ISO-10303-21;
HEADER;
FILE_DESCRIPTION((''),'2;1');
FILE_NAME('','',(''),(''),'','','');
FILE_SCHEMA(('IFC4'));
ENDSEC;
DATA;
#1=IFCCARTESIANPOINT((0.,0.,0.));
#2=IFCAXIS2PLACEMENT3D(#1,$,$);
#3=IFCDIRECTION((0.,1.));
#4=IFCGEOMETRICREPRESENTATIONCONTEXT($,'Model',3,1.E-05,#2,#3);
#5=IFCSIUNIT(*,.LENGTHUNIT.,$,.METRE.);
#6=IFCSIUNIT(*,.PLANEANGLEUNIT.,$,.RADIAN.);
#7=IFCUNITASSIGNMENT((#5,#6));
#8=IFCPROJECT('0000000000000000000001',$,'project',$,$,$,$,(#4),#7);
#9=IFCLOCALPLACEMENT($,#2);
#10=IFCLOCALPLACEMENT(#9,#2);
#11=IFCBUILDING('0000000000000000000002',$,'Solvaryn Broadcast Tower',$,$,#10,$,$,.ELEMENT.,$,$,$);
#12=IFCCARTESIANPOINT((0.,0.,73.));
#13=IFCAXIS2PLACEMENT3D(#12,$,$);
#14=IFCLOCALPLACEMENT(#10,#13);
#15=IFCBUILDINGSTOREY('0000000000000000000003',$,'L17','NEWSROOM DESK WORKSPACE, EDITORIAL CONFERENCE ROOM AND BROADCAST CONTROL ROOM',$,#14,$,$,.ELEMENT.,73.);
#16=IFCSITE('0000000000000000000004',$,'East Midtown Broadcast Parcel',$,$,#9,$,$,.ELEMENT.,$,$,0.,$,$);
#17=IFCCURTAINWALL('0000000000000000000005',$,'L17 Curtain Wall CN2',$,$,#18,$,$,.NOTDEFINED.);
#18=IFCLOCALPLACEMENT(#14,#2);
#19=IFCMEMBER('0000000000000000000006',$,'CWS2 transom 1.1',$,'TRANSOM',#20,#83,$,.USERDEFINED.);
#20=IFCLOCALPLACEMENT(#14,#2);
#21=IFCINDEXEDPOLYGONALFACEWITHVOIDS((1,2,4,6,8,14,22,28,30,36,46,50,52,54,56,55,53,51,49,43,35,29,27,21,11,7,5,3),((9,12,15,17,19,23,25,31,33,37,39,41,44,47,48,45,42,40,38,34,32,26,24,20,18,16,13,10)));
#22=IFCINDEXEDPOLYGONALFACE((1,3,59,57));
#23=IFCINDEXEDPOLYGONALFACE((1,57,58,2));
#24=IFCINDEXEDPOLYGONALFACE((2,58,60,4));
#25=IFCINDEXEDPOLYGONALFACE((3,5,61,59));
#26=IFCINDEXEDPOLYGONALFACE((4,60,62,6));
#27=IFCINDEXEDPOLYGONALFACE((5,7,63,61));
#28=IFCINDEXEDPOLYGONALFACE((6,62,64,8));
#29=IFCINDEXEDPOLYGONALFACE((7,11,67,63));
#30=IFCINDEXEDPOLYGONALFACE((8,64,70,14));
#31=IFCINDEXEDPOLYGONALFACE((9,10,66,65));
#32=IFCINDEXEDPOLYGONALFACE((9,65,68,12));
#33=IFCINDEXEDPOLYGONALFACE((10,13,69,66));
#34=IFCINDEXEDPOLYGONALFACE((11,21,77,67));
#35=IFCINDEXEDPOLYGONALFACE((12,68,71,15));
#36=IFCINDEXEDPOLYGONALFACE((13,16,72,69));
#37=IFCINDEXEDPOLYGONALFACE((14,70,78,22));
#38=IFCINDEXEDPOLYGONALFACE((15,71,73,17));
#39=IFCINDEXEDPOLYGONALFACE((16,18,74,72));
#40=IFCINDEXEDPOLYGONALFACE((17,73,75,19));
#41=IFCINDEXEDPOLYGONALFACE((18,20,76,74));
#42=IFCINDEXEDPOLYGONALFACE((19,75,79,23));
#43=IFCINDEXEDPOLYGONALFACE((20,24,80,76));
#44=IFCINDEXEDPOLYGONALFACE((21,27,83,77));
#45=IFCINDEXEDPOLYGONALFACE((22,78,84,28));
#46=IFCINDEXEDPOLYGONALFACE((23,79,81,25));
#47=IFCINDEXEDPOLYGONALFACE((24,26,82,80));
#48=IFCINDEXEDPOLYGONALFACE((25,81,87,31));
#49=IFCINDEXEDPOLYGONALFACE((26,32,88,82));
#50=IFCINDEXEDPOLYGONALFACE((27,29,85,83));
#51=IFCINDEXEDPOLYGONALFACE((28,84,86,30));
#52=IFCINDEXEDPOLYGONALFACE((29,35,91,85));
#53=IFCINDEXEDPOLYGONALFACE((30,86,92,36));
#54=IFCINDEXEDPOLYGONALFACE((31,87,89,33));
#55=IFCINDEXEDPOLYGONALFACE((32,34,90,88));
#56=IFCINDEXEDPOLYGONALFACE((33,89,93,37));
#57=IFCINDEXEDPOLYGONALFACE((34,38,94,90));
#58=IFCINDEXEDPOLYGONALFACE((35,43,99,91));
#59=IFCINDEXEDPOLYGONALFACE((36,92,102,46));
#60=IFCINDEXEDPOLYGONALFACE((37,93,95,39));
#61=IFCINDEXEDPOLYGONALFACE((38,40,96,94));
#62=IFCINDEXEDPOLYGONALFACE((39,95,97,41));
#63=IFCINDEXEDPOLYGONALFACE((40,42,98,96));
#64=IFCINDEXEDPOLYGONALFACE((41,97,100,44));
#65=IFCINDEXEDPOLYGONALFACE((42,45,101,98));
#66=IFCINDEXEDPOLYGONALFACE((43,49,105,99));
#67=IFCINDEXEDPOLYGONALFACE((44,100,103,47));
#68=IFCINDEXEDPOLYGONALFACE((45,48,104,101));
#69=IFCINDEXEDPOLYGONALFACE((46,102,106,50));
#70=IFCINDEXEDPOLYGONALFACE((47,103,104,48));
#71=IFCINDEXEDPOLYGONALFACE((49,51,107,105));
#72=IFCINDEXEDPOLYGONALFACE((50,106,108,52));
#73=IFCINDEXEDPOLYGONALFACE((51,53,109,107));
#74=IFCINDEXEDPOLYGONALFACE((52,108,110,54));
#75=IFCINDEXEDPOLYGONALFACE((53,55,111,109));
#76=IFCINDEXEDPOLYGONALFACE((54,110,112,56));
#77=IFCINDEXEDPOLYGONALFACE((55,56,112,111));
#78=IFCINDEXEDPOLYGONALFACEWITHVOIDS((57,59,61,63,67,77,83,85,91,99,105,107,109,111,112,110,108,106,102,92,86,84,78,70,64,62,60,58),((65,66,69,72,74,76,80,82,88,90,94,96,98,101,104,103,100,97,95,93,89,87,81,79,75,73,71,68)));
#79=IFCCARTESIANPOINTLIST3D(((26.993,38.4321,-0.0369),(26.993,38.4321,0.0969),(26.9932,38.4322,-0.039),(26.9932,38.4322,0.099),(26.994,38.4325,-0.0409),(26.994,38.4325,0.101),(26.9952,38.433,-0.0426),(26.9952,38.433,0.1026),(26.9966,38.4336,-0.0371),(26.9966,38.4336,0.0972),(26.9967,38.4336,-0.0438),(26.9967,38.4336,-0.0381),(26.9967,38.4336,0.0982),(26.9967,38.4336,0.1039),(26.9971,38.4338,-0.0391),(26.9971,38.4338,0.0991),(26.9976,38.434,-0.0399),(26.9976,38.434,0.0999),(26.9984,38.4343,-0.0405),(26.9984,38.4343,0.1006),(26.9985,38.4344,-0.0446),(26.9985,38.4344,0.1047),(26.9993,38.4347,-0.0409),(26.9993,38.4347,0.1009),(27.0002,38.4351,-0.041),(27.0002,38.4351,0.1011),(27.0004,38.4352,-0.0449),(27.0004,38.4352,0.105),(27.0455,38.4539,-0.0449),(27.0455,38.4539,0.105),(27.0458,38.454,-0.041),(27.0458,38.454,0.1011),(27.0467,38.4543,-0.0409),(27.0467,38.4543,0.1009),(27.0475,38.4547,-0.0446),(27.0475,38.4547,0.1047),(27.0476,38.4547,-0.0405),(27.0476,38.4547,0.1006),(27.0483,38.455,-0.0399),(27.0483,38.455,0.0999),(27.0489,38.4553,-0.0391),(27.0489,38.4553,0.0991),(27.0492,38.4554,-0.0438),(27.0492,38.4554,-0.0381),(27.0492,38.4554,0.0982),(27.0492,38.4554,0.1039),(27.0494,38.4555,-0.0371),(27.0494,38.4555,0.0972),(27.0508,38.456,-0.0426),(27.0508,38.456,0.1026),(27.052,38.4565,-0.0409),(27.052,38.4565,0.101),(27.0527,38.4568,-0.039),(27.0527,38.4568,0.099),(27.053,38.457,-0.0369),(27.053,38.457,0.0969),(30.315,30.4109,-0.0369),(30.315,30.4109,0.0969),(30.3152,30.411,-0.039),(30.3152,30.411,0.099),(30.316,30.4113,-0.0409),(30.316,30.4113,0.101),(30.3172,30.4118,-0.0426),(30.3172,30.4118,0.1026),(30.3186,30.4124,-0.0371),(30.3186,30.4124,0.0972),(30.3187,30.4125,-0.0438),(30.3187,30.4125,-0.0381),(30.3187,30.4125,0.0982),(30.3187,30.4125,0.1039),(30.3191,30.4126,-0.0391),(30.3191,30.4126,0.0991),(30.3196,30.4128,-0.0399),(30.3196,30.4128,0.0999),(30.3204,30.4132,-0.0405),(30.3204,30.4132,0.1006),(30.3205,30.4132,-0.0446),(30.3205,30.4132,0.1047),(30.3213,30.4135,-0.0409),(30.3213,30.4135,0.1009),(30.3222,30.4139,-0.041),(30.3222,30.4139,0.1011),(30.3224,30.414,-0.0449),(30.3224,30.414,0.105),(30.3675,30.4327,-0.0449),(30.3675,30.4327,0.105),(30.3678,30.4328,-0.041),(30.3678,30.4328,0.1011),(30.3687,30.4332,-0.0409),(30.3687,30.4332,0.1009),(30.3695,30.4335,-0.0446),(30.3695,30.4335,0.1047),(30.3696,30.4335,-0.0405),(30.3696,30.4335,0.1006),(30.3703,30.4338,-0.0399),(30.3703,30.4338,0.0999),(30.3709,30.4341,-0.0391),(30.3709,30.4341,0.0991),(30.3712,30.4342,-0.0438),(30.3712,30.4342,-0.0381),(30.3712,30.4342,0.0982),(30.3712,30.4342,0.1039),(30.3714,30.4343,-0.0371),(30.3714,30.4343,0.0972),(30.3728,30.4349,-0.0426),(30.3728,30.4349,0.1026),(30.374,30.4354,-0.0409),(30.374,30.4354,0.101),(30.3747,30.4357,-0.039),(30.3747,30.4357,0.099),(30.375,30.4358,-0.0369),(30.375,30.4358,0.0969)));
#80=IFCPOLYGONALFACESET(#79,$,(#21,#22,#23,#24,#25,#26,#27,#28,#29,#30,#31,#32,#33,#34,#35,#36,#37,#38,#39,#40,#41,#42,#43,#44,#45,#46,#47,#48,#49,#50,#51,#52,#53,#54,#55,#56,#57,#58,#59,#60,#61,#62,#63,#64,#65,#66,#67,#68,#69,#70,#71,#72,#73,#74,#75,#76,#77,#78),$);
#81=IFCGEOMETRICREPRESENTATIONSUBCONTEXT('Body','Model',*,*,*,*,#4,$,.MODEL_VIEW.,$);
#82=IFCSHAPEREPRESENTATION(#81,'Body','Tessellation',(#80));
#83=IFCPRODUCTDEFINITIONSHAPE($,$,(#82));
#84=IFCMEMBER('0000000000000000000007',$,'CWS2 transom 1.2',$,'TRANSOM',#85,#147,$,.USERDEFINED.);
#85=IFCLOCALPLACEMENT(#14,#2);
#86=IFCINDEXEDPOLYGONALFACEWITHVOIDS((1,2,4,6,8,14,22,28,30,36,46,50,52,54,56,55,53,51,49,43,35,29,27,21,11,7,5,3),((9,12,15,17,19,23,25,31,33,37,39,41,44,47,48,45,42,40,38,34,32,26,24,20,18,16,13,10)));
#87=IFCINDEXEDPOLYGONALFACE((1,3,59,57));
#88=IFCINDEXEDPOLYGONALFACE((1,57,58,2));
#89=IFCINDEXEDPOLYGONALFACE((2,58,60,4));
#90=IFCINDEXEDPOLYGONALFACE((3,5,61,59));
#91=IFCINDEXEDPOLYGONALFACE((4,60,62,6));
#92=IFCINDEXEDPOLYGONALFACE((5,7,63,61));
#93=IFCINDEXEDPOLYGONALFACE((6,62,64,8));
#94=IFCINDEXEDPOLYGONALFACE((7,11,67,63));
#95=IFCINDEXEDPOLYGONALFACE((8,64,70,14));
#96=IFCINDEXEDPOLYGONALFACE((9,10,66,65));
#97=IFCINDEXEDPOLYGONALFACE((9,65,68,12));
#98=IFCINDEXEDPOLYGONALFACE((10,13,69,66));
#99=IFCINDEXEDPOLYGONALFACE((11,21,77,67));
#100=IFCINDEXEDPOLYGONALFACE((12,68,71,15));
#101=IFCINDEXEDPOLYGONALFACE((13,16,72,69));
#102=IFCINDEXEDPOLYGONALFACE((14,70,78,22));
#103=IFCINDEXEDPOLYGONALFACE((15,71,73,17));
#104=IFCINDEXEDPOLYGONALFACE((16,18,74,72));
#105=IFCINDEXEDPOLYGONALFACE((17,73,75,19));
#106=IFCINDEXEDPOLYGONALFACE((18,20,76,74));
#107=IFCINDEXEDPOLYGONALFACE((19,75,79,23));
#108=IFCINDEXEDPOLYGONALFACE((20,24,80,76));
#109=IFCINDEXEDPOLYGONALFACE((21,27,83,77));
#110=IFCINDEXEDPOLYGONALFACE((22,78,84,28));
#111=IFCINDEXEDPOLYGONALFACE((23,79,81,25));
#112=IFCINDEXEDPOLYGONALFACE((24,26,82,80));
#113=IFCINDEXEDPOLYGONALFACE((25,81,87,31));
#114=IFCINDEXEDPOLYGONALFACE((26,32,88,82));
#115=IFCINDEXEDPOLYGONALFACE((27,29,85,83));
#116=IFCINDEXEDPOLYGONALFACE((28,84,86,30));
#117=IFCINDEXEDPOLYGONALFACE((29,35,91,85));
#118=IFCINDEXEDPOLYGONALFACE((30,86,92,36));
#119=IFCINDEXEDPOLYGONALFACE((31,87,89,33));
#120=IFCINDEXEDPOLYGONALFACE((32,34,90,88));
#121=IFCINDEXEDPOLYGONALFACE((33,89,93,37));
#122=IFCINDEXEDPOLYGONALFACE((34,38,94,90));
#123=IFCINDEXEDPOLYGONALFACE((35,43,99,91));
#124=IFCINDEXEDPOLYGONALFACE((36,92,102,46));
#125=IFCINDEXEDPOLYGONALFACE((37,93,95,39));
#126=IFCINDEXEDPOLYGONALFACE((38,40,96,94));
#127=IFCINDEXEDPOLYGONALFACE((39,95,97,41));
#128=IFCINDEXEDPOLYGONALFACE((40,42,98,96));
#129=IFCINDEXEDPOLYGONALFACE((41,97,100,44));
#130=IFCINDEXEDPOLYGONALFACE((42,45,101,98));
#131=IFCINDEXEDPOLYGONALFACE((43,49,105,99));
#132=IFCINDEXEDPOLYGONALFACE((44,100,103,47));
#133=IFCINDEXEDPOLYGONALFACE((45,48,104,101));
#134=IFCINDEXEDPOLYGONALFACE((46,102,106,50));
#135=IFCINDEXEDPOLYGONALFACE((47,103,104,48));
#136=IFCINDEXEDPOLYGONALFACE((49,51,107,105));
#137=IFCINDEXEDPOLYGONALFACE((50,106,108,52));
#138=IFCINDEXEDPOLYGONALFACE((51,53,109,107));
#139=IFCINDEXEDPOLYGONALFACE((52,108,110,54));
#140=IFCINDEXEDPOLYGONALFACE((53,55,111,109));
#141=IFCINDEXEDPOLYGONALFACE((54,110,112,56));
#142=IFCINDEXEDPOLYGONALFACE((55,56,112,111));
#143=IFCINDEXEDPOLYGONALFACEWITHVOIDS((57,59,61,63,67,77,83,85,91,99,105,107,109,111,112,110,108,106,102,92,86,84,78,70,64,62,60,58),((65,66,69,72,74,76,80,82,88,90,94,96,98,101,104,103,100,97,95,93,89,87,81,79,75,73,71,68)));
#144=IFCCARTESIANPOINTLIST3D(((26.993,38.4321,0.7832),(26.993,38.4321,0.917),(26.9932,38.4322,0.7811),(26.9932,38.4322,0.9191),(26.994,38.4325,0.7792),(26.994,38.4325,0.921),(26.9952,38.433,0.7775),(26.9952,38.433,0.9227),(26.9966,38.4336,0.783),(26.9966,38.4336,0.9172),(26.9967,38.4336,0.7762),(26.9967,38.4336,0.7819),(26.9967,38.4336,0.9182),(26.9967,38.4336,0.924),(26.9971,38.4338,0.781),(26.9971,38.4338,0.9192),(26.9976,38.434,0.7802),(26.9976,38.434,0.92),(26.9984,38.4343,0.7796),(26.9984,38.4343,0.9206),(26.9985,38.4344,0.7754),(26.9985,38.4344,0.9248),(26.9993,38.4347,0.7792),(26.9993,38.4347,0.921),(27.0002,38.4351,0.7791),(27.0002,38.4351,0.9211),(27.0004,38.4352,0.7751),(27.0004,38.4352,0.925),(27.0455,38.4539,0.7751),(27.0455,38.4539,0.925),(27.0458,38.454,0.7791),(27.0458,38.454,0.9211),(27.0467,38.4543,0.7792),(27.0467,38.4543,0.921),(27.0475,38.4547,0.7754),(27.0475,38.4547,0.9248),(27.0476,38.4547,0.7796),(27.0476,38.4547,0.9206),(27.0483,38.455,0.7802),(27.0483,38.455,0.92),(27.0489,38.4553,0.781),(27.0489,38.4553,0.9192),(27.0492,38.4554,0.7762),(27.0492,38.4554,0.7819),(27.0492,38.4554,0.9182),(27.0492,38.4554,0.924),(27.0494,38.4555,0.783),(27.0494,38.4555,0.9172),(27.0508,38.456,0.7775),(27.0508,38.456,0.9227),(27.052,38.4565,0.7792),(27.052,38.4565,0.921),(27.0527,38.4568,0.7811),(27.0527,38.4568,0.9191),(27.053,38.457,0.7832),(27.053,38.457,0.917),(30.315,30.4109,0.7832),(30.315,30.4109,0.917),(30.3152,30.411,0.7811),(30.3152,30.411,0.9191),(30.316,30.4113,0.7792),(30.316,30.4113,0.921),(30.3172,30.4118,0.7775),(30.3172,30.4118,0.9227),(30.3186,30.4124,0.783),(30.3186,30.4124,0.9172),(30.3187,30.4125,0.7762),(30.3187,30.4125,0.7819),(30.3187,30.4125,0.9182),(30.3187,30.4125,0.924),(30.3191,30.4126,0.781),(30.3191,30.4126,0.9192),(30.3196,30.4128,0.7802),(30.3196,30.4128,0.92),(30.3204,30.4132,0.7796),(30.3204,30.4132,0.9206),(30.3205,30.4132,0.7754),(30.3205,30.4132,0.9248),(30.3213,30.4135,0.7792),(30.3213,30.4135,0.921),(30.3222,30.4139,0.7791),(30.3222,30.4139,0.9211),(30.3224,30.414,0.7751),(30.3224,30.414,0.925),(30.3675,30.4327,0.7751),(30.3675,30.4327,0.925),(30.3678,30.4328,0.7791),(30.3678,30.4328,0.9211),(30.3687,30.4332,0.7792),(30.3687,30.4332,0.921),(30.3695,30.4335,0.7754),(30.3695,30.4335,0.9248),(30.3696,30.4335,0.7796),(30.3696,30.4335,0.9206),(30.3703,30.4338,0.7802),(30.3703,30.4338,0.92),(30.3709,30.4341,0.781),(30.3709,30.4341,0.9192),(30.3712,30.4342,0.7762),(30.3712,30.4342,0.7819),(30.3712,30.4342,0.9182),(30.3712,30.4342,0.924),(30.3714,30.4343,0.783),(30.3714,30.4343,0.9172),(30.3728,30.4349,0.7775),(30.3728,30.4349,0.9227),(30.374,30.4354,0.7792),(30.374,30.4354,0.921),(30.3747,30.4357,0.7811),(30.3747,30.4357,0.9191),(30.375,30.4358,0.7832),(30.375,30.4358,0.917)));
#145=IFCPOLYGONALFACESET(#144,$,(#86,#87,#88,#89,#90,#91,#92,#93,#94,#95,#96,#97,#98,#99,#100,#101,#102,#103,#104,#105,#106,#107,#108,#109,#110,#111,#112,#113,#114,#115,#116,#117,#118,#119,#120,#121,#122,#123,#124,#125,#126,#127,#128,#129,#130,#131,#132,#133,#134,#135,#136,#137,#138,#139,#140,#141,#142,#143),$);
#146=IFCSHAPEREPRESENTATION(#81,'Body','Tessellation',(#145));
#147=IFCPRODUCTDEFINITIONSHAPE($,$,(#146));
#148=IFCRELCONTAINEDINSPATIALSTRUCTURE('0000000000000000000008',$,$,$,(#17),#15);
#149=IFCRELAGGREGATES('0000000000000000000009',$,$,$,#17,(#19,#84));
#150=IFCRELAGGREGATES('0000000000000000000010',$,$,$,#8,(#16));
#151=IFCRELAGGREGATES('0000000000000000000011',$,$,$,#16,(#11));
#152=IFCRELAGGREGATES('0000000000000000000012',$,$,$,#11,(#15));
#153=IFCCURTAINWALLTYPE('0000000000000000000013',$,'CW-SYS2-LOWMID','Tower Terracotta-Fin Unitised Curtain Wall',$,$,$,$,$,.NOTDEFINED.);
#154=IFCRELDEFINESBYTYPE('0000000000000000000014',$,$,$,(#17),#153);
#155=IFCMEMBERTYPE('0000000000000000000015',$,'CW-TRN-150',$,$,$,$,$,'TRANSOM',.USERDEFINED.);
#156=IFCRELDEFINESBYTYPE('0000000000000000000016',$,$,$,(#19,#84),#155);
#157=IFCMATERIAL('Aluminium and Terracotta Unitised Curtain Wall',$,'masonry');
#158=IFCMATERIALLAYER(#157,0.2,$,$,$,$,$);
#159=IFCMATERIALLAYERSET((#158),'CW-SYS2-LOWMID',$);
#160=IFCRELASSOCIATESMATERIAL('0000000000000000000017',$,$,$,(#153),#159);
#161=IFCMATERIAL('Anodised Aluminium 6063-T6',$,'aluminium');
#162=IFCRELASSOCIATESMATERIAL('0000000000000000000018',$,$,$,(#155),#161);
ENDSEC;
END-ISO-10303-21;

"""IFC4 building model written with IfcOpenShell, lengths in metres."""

from ifc_helpers import new_model, si_unit, direction, frame, origin, origin_2d, place, context, subcontext, project, spatial, hollow_rectangle, extrude, material, layer, layer_set, material_profile, profile_set, type_object, element, aggregate, save


model = new_model("IFC4")

# Units and contexts
model_context = context("Model", 3, precision=1e-05, world=origin(), true_north=direction((0.0, 1.0)))
body_context = subcontext(model_context, "Body", "Model", "MODEL_VIEW")
ifc_project = project(units=[si_unit("LENGTHUNIT", "METRE"), si_unit("PLANEANGLEUNIT", "RADIAN")], contexts=[model_context])

# Site, building, storey
site_placement = place(None, origin())
site = spatial("IfcSite", under=ifc_project, at=site_placement, Name="East Midtown Broadcast Parcel", CompositionType="ELEMENT", RefElevation=0.0)
building_placement = place(site_placement, origin())
building = spatial("IfcBuilding", under=site, at=building_placement, Name="Solvaryn Broadcast Tower", CompositionType="ELEMENT")
storey_placement = place(building_placement, frame((0.0, 0.0, 73.0)))
storey = spatial("IfcBuildingStorey", under=building, at=storey_placement, Name="L17", Description="NEWSROOM DESK WORKSPACE, EDITORIAL CONFERENCE ROOM AND BROADCAST CONTROL ROOM", CompositionType="ELEMENT", Elevation=73.0)

# Shared definitions
ifc_material_1 = material(Name="Aluminium and Terracotta Unitised Curtain Wall", Category="masonry")
ifc_layer_1 = layer(ifc_material_1, 0.2)
ifc_layer_set_1 = layer_set([ifc_layer_1], Name="CW-SYS2-LOWMID")
curtain_wall_type = type_object("IfcCurtainWallType", Name="CW-SYS2-LOWMID", Description="Tower Terracotta-Fin Unitised Curtain Wall", PredefinedType="NOTDEFINED", material=ifc_layer_set_1)

# Curtain wall, members
curtain_wall_1_placement = place(storey_placement, origin())
curtain_wall_1 = element("IfcCurtainWall", 1, at=curtain_wall_1_placement, inside=storey, type_object=curtain_wall_type, Name="L17 Curtain Wall CN2", PredefinedType="NOTDEFINED")
ifc_material_2 = material(Name="Anodised Aluminium 6063-T6", Category="aluminium")
ifc_material_profile_1 = material_profile(ifc_material_2, hollow_rectangle(XDim=0.0649, YDim=0.1499, WallThickness=0.0039, InnerFilletRadius=0.0039, OuterFilletRadius=0.0081, at=origin_2d()))
ifc_profile_set_1 = profile_set([ifc_material_profile_1], Name="Anodised Aluminium 6063-T6")
member_type_1 = type_object("IfcMemberType", Name="CW-TRN-150", ElementType="TRANSOM", PredefinedType="USERDEFINED", material=ifc_profile_set_1)
member_1_placement = place(storey_placement, frame((30.345, 30.4233, 0.03), z_axis=(-0.382636, 0.923899, 0.0), x_axis=(-0.923899, -0.382636, 0.0)))
member_1 = element("IfcMember", 2, at=member_1_placement, type_object=member_type_1, Name="CWS2 transom 1.1", ObjectType="TRANSOM", PredefinedType="USERDEFINED", context=body_context, shape_type="SweptSolid", body=[
    extrude(hollow_rectangle(XDim=0.0649, YDim=0.1499, WallThickness=0.0039, InnerFilletRadius=0.0039, OuterFilletRadius=0.0081, at=origin_2d()), origin(), (0.0, 0.0, 1.0), 8.6819),
])
member_2_placement = place(storey_placement, frame((30.345, 30.4233, 0.8501), z_axis=(-0.382636, 0.923899, 0.0), x_axis=(-0.923899, -0.382636, 0.0)))
member_2 = element("IfcMember", 3, at=member_2_placement, type_object=member_type_1, Name="CWS2 transom 1.2", ObjectType="TRANSOM", PredefinedType="USERDEFINED", context=body_context, shape_type="SweptSolid", body=[
    extrude(hollow_rectangle(XDim=0.0649, YDim=0.1499, WallThickness=0.0039, InnerFilletRadius=0.0039, OuterFilletRadius=0.0081, at=origin_2d()), origin(), (0.0, 0.0, 1.0), 8.6819),
])

aggregate(curtain_wall_1, [member_1, member_2])

save(model, "model.ifc")
